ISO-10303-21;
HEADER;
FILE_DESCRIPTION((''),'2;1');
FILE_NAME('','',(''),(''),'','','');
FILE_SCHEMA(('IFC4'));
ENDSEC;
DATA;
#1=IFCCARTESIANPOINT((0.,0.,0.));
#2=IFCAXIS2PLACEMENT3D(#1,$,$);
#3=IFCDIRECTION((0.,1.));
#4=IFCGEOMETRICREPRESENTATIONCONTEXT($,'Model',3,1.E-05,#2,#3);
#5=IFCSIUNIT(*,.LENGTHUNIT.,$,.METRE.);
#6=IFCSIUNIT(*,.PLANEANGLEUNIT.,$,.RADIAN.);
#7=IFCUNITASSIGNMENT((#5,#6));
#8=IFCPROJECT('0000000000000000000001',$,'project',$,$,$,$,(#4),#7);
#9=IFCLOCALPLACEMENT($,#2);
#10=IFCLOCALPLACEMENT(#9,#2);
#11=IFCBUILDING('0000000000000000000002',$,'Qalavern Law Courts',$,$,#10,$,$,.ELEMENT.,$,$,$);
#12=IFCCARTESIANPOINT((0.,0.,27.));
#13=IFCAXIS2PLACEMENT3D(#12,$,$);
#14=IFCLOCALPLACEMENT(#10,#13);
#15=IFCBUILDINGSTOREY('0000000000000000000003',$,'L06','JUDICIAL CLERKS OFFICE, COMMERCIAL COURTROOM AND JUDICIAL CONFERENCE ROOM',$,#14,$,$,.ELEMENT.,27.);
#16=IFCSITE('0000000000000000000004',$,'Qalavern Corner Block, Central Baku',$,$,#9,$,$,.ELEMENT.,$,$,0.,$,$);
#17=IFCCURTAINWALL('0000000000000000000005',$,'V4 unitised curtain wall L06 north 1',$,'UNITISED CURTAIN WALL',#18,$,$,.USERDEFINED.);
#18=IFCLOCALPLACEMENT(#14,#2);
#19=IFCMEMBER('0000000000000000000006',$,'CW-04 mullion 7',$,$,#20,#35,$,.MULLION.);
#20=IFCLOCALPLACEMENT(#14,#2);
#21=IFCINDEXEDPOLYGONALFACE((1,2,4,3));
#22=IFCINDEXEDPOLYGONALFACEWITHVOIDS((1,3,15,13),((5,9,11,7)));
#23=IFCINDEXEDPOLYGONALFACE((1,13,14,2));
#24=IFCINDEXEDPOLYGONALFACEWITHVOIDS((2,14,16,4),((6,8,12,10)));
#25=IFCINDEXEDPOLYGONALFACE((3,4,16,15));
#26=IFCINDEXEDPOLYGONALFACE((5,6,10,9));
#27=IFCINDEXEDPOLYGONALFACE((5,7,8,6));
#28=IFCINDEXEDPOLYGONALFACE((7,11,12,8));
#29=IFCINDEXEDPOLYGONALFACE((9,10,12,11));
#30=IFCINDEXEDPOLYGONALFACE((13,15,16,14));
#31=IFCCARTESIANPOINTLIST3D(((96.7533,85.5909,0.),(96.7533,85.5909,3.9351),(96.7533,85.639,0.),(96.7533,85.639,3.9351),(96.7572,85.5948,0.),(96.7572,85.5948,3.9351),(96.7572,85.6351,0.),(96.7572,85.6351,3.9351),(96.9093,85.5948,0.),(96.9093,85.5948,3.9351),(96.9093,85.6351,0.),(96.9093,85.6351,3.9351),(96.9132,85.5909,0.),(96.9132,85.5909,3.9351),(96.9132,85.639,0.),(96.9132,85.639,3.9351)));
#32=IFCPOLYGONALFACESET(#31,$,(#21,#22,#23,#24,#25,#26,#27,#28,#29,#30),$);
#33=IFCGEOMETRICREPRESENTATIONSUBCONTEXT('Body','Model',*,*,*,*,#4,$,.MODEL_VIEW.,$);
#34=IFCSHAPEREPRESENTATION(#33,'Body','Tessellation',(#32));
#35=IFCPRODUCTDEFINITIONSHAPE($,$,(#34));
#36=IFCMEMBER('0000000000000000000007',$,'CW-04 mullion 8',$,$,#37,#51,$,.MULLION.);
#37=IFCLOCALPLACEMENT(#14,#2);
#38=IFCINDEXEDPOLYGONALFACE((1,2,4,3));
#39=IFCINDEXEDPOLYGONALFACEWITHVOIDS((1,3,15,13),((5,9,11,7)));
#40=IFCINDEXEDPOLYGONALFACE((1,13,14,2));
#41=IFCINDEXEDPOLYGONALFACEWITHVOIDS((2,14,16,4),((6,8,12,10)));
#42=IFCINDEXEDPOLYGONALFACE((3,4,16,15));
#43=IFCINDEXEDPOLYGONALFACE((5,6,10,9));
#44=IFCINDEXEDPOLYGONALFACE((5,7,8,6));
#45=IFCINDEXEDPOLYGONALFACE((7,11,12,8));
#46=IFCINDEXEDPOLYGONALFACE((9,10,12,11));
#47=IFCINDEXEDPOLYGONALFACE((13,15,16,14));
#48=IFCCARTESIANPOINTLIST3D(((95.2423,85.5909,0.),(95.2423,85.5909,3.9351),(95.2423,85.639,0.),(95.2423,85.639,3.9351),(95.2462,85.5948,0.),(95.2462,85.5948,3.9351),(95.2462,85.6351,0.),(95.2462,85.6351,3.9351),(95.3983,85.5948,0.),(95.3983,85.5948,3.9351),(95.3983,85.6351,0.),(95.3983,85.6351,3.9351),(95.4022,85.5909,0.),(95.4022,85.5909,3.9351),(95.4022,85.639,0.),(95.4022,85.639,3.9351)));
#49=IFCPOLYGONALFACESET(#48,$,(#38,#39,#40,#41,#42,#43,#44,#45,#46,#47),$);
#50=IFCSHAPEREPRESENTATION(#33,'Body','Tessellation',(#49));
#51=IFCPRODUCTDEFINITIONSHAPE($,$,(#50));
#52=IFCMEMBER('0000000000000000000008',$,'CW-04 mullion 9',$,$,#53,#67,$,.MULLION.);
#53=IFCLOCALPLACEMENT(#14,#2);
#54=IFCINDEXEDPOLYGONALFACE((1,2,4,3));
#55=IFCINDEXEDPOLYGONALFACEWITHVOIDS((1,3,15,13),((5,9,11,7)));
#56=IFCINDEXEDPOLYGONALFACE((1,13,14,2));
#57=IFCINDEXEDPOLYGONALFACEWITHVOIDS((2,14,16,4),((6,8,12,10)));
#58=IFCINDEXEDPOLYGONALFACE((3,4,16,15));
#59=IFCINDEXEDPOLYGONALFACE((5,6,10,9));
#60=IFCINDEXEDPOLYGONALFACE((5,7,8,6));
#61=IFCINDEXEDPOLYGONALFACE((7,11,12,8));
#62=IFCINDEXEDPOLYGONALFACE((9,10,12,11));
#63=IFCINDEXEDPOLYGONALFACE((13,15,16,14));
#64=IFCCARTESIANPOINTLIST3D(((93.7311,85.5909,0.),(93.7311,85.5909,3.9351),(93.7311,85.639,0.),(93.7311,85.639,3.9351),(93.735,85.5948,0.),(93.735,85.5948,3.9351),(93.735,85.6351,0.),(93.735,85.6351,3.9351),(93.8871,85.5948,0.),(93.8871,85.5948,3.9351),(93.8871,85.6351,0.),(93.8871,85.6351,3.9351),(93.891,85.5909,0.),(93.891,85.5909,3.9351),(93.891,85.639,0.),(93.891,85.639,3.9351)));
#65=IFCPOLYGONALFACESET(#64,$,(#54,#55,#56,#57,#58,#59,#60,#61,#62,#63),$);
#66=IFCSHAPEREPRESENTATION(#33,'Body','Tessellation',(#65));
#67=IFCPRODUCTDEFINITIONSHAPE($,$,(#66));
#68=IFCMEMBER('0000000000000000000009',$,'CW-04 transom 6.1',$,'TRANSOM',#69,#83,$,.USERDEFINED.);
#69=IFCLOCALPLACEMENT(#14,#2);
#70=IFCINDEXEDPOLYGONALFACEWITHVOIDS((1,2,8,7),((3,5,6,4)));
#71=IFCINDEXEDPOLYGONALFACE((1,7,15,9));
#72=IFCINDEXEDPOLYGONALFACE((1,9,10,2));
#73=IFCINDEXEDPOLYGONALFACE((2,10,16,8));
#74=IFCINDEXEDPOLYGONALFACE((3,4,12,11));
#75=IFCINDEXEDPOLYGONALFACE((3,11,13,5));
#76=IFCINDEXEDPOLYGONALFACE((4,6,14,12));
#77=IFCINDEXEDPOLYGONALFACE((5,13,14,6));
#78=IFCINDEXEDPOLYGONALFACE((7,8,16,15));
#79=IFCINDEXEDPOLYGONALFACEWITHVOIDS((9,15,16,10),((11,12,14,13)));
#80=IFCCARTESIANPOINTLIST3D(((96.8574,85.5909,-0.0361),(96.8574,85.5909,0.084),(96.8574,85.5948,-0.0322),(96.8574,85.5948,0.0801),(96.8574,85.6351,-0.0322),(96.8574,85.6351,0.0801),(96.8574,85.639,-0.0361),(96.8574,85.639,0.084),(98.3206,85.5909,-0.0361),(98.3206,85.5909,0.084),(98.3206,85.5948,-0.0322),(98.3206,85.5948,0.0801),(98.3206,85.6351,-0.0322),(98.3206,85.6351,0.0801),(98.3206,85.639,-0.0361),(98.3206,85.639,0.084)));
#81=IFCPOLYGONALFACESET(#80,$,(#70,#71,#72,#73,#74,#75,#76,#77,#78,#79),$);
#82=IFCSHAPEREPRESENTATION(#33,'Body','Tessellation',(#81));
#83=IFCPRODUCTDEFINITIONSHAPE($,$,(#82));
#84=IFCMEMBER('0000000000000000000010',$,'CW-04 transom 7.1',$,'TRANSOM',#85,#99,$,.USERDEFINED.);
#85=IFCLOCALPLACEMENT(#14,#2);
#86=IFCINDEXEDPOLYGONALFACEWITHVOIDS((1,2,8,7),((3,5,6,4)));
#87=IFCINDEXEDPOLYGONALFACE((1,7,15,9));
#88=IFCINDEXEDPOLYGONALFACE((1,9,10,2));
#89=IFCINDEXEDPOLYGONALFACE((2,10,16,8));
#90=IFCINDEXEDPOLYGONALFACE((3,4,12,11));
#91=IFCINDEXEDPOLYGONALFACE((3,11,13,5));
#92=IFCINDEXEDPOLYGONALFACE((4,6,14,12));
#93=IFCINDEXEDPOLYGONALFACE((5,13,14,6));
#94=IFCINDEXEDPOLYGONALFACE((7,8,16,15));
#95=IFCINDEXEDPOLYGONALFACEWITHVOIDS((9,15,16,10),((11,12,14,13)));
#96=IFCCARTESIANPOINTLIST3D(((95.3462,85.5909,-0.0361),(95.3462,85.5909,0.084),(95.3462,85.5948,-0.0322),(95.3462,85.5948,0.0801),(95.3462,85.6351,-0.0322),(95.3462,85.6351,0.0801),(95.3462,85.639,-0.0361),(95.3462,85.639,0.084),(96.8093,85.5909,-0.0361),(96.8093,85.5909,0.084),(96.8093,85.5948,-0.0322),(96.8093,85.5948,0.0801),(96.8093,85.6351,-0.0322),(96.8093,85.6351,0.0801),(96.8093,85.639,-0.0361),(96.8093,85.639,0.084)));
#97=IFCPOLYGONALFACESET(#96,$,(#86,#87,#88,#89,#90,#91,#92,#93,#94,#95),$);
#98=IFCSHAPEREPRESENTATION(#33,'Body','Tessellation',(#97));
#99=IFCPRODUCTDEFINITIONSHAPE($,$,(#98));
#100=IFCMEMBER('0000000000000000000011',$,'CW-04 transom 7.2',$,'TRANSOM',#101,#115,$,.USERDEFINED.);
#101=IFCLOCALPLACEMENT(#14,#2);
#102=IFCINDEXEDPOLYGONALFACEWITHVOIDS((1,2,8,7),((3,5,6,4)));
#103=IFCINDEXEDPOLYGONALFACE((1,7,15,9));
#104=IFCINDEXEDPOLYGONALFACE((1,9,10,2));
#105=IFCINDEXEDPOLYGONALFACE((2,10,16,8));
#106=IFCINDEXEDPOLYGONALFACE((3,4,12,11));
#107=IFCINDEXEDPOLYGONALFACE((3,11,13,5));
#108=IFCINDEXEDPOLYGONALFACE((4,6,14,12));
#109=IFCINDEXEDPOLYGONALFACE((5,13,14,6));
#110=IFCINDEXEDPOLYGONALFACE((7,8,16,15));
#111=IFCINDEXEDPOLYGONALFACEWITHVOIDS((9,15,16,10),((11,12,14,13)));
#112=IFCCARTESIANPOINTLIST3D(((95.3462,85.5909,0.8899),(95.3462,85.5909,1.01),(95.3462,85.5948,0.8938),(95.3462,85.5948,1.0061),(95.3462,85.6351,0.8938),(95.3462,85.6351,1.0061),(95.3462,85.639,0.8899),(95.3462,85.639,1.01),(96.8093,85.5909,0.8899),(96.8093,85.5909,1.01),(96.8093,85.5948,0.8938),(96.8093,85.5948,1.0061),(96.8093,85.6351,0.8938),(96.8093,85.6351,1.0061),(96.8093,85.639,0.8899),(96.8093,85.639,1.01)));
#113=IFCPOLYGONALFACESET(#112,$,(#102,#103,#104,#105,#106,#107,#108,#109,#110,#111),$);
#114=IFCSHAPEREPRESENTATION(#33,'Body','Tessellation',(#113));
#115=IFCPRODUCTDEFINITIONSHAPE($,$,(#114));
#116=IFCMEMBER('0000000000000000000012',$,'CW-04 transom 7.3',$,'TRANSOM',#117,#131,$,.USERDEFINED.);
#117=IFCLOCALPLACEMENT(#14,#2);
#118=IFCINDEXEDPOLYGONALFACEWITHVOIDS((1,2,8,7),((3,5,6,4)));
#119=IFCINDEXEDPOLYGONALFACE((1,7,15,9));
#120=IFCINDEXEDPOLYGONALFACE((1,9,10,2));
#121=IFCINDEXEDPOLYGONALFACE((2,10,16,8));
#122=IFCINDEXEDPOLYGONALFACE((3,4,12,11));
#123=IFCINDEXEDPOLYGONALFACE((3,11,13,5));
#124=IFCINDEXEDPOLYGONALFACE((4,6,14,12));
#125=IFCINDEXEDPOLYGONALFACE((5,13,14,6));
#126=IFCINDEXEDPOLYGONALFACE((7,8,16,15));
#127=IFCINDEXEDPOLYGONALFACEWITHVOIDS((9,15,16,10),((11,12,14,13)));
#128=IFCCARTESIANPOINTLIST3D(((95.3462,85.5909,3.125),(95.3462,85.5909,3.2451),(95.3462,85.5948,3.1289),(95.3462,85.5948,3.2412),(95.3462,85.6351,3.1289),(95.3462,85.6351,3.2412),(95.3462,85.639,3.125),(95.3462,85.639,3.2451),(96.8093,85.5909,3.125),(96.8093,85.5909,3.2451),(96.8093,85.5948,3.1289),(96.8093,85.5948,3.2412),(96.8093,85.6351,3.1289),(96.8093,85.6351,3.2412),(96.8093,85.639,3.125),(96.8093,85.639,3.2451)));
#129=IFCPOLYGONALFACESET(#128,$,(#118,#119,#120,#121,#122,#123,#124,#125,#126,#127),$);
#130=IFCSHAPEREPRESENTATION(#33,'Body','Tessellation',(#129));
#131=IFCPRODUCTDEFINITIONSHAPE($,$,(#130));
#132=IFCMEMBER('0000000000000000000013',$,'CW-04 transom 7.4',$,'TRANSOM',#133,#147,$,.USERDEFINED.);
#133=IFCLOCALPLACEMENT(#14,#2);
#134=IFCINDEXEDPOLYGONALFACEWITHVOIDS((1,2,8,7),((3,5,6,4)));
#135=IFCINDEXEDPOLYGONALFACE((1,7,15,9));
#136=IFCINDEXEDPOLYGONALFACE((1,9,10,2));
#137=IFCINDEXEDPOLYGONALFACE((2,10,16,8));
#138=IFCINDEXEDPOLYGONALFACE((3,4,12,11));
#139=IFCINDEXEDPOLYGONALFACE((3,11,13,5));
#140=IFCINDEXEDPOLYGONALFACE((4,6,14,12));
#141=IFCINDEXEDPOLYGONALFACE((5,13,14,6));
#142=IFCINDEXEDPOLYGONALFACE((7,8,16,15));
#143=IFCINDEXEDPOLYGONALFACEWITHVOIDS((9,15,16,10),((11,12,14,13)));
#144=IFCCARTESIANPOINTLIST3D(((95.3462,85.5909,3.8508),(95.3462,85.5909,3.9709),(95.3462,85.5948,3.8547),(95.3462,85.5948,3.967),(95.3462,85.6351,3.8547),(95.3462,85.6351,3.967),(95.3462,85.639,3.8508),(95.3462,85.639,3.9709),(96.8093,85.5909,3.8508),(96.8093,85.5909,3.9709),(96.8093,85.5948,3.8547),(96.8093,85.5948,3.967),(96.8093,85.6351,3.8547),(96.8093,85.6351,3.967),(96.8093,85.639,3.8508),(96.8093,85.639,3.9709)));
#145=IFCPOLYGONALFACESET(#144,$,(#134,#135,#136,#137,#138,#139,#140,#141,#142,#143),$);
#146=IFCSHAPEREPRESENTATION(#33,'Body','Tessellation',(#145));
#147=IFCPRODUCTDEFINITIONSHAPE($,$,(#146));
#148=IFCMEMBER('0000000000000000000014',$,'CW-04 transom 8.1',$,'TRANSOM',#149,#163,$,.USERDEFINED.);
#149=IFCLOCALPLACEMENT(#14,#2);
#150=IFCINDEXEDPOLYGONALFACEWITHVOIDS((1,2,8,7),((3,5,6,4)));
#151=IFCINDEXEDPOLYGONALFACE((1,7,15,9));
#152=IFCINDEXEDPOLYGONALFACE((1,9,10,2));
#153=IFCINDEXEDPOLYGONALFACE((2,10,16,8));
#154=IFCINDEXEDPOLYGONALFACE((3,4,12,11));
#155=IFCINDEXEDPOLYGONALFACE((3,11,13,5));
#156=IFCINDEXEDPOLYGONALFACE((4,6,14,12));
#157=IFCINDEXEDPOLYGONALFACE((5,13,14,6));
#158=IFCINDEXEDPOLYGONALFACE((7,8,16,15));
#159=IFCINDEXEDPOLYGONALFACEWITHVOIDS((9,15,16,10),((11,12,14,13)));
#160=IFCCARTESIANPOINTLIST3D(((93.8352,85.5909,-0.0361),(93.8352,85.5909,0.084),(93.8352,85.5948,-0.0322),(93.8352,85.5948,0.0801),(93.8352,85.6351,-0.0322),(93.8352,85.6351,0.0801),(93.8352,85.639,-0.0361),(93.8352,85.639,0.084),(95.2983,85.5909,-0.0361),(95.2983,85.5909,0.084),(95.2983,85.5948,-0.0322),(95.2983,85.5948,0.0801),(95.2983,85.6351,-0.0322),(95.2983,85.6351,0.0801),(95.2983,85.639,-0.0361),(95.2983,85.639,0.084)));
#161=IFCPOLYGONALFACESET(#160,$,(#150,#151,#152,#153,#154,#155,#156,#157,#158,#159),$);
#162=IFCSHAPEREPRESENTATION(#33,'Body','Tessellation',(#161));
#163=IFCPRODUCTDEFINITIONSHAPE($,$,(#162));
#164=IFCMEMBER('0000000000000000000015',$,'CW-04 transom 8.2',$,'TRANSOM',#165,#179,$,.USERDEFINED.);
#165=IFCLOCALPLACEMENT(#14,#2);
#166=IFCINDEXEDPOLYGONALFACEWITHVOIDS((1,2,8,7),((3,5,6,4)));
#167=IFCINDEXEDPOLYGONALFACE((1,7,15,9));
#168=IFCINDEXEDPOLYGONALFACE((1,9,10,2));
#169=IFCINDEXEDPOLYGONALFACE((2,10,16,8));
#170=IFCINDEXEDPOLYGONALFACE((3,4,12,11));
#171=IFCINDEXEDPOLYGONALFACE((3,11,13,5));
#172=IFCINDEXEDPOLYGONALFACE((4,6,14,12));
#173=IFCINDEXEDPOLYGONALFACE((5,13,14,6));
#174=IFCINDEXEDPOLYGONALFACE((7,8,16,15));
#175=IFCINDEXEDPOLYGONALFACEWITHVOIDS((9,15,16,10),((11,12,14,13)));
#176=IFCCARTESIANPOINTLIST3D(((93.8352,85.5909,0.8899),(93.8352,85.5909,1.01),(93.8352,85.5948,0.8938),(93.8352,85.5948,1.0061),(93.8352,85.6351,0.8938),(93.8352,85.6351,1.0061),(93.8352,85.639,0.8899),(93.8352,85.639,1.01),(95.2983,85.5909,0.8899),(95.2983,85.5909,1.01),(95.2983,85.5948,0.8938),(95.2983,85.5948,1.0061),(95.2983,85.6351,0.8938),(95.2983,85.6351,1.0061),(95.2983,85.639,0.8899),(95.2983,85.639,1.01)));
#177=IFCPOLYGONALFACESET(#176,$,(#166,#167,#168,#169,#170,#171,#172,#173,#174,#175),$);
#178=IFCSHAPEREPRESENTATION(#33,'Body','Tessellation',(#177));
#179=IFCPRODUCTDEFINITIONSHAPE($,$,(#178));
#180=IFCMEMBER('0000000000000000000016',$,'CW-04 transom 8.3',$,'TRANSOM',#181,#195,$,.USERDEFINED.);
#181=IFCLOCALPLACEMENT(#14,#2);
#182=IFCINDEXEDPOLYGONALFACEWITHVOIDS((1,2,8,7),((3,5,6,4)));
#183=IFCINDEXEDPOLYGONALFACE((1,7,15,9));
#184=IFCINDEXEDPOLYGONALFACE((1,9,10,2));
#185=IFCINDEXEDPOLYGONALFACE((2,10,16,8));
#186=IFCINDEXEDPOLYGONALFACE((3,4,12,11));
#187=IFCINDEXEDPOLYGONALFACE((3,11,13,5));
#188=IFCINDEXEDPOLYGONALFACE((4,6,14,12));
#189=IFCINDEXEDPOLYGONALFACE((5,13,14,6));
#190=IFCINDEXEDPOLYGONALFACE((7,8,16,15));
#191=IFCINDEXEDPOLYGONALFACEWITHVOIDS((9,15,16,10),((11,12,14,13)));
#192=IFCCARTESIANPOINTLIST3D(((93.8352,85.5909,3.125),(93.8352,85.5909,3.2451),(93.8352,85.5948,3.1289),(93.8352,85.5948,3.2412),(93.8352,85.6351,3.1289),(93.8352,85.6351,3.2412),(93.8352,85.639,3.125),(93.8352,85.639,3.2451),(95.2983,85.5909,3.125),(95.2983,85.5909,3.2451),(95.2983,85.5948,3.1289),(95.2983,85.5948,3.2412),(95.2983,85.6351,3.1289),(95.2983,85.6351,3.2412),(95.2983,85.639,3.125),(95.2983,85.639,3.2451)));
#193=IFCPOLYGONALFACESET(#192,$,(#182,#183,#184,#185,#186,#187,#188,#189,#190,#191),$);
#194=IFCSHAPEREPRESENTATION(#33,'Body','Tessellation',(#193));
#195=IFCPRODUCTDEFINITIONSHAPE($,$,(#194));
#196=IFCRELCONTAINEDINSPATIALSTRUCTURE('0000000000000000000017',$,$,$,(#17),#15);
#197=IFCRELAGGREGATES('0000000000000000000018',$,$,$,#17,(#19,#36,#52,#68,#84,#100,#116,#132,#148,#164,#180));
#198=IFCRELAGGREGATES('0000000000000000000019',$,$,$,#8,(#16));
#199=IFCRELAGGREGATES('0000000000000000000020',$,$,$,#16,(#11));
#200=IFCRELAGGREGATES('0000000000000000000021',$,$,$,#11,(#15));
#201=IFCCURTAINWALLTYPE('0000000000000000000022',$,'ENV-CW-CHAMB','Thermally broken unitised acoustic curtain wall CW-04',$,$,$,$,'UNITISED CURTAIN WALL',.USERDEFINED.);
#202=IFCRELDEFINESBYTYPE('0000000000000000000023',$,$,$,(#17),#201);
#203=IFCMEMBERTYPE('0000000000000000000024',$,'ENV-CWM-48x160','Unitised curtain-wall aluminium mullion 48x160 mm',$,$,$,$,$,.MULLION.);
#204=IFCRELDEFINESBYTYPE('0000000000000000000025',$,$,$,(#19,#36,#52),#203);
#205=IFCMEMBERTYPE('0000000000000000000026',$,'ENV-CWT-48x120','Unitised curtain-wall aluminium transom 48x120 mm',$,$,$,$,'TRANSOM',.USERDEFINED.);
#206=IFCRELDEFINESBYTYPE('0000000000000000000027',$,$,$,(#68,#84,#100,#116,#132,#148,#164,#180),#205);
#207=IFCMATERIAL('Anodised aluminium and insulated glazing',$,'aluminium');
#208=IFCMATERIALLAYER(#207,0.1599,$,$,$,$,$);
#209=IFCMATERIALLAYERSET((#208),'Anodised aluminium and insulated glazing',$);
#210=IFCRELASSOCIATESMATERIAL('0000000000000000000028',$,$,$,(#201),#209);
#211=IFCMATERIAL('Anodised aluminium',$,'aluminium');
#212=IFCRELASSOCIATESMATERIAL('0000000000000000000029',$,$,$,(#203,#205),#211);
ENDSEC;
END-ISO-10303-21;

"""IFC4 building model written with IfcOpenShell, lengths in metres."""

from ifc_helpers import new_model, si_unit, direction, frame, origin, origin_2d, place, context, subcontext, project, spatial, hollow_rectangle, extrude, material, layer, layer_set, material_profile, profile_set, type_object, element, aggregate, save


model = new_model("IFC4")

# Units and contexts
model_context = context("Model", 3, precision=1e-05, world=origin(), true_north=direction((0.0, 1.0)))
body_context = subcontext(model_context, "Body", "Model", "MODEL_VIEW")
ifc_project = project(units=[si_unit("LENGTHUNIT", "METRE"), si_unit("PLANEANGLEUNIT", "RADIAN")], contexts=[model_context])

# Site, building, storey
site_placement = place(None, origin())
site = spatial("IfcSite", under=ifc_project, at=site_placement, Name="Qalavern Corner Block, Central Baku", CompositionType="ELEMENT", RefElevation=0.0)
building_placement = place(site_placement, origin())
building = spatial("IfcBuilding", under=site, at=building_placement, Name="Qalavern Law Courts", CompositionType="ELEMENT")
storey_placement = place(building_placement, frame((0.0, 0.0, 27.0)))
storey = spatial("IfcBuildingStorey", under=building, at=storey_placement, Name="L06", Description="JUDICIAL CLERKS OFFICE, COMMERCIAL COURTROOM AND JUDICIAL CONFERENCE ROOM", CompositionType="ELEMENT", Elevation=27.0)

# Curtain wall, members
ifc_material_1 = material(Name="Anodised aluminium and insulated glazing", Category="aluminium")
ifc_layer_1 = layer(ifc_material_1, 0.1599)
ifc_layer_set_1 = layer_set([ifc_layer_1], Name="Anodised aluminium and insulated glazing")
curtain_wall_type = type_object("IfcCurtainWallType", Name="ENV-CW-CHAMB", Description="Thermally broken unitised acoustic curtain wall CW-04", ElementType="UNITISED CURTAIN WALL", PredefinedType="USERDEFINED", material=ifc_layer_set_1)
curtain_wall_placement = place(storey_placement, origin())
curtain_wall = element("IfcCurtainWall", 1, at=curtain_wall_placement, inside=storey, type_object=curtain_wall_type, Name="V4 unitised curtain wall L06 north 1", ObjectType="UNITISED CURTAIN WALL", PredefinedType="USERDEFINED")
ifc_material_2 = material(Name="Anodised aluminium", Category="aluminium")
ifc_material_profile_1 = material_profile(ifc_material_2, hollow_rectangle(XDim=0.0481, YDim=0.1599, WallThickness=0.0039, at=origin_2d()), Name="ALU MULLION 48x160")
ifc_profile_set_1 = profile_set([ifc_material_profile_1], Name="Anodised aluminium")
member_type_1 = type_object("IfcMemberType", Name="ENV-CWM-48x160", Description="Unitised curtain-wall aluminium mullion 48x160 mm", PredefinedType="MULLION", material=ifc_profile_set_1)
member_1_placement = place(storey_placement, frame((96.8333, 85.615, 0.0), z_axis=(0.0, 0.0, 1.0), x_axis=(0.0, -1.0, 0.0)))
member_1 = element("IfcMember", 2, at=member_1_placement, type_object=member_type_1, Name="CW-04 mullion 7", PredefinedType="MULLION", context=body_context, shape_type="SweptSolid", body=[
    extrude(hollow_rectangle(XDim=0.0481, YDim=0.1599, WallThickness=0.0039, at=origin_2d()), origin(), (0.0, 0.0, 1.0), 3.9351),
])
member_2_placement = place(storey_placement, frame((95.3223, 85.615, 0.0), z_axis=(0.0, 0.0, 1.0), x_axis=(0.0, -1.0, 0.0)))
member_2 = element("IfcMember", 3, at=member_2_placement, type_object=member_type_1, Name="CW-04 mullion 8", PredefinedType="MULLION", context=body_context, shape_type="SweptSolid", body=[
    extrude(hollow_rectangle(XDim=0.0481, YDim=0.1599, WallThickness=0.0039, at=origin_2d()), origin(), (0.0, 0.0, 1.0), 3.9351),
])
member_3_placement = place(storey_placement, frame((93.811, 85.615, 0.0), z_axis=(0.0, 0.0, 1.0), x_axis=(0.0, -1.0, 0.0)))
member_3 = element("IfcMember", 4, at=member_3_placement, type_object=member_type_1, Name="CW-04 mullion 9", PredefinedType="MULLION", context=body_context, shape_type="SweptSolid", body=[
    extrude(hollow_rectangle(XDim=0.0481, YDim=0.1599, WallThickness=0.0039, at=origin_2d()), origin(), (0.0, 0.0, 1.0), 3.9351),
])
ifc_material_profile_2 = material_profile(ifc_material_2, hollow_rectangle(XDim=0.0481, YDim=0.1201, WallThickness=0.0039, at=origin_2d()), Name="ALU TRANSOM 48x120")
ifc_profile_set_2 = profile_set([ifc_material_profile_2], Name="Anodised aluminium")
member_type_2 = type_object("IfcMemberType", Name="ENV-CWT-48x120", Description="Unitised curtain-wall aluminium transom 48x120 mm", ElementType="TRANSOM", PredefinedType="USERDEFINED", material=ifc_profile_set_2)
member_4_placement = place(storey_placement, frame((98.3206, 85.615, 0.0239), z_axis=(-1.0, 0.0, 0.0), x_axis=(0.0, -1.0, 0.0)))
member_4 = element("IfcMember", 5, at=member_4_placement, type_object=member_type_2, Name="CW-04 transom 6.1", ObjectType="TRANSOM", PredefinedType="USERDEFINED", context=body_context, shape_type="SweptSolid", body=[
    extrude(hollow_rectangle(XDim=0.0481, YDim=0.1201, WallThickness=0.0039, at=origin_2d()), origin(), (0.0, 0.0, 1.0), 1.4631),
])
member_5_placement = place(storey_placement, frame((96.8093, 85.615, 0.0239), z_axis=(-1.0, 0.0, 0.0), x_axis=(0.0, -1.0, 0.0)))
member_5 = element("IfcMember", 6, at=member_5_placement, type_object=member_type_2, Name="CW-04 transom 7.1", ObjectType="TRANSOM", PredefinedType="USERDEFINED", context=body_context, shape_type="SweptSolid", body=[
    extrude(hollow_rectangle(XDim=0.0481, YDim=0.1201, WallThickness=0.0039, at=origin_2d()), origin(), (0.0, 0.0, 1.0), 1.4631),
])
member_6_placement = place(storey_placement, frame((96.8093, 85.615, 0.95), z_axis=(-1.0, 0.0, 0.0), x_axis=(0.0, -1.0, 0.0)))
member_6 = element("IfcMember", 7, at=member_6_placement, type_object=member_type_2, Name="CW-04 transom 7.2", ObjectType="TRANSOM", PredefinedType="USERDEFINED", context=body_context, shape_type="SweptSolid", body=[
    extrude(hollow_rectangle(XDim=0.0481, YDim=0.1201, WallThickness=0.0039, at=origin_2d()), origin(), (0.0, 0.0, 1.0), 1.4631),
])
member_7_placement = place(storey_placement, frame((96.8093, 85.615, 3.1851), z_axis=(-1.0, 0.0, 0.0), x_axis=(0.0, -1.0, 0.0)))
member_7 = element("IfcMember", 8, at=member_7_placement, type_object=member_type_2, Name="CW-04 transom 7.3", ObjectType="TRANSOM", PredefinedType="USERDEFINED", context=body_context, shape_type="SweptSolid", body=[
    extrude(hollow_rectangle(XDim=0.0481, YDim=0.1201, WallThickness=0.0039, at=origin_2d()), origin(), (0.0, 0.0, 1.0), 1.4631),
])
member_8_placement = place(storey_placement, frame((96.8093, 85.615, 3.9109), z_axis=(-1.0, 0.0, 0.0), x_axis=(0.0, -1.0, 0.0)))
member_8 = element("IfcMember", 9, at=member_8_placement, type_object=member_type_2, Name="CW-04 transom 7.4", ObjectType="TRANSOM", PredefinedType="USERDEFINED", context=body_context, shape_type="SweptSolid", body=[
    extrude(hollow_rectangle(XDim=0.0481, YDim=0.1201, WallThickness=0.0039, at=origin_2d()), origin(), (0.0, 0.0, 1.0), 1.4631),
])
member_9_placement = place(storey_placement, frame((95.2983, 85.615, 0.0239), z_axis=(-1.0, 0.0, 0.0), x_axis=(0.0, -1.0, 0.0)))
member_9 = element("IfcMember", 10, at=member_9_placement, type_object=member_type_2, Name="CW-04 transom 8.1", ObjectType="TRANSOM", PredefinedType="USERDEFINED", context=body_context, shape_type="SweptSolid", body=[
    extrude(hollow_rectangle(XDim=0.0481, YDim=0.1201, WallThickness=0.0039, at=origin_2d()), origin(), (0.0, 0.0, 1.0), 1.4631),
])
member_10_placement = place(storey_placement, frame((95.2983, 85.615, 0.95), z_axis=(-1.0, 0.0, 0.0), x_axis=(0.0, -1.0, 0.0)))
member_10 = element("IfcMember", 11, at=member_10_placement, type_object=member_type_2, Name="CW-04 transom 8.2", ObjectType="TRANSOM", PredefinedType="USERDEFINED", context=body_context, shape_type="SweptSolid", body=[
    extrude(hollow_rectangle(XDim=0.0481, YDim=0.1201, WallThickness=0.0039, at=origin_2d()), origin(), (0.0, 0.0, 1.0), 1.4631),
])
member_11_placement = place(storey_placement, frame((95.2983, 85.615, 3.1851), z_axis=(-1.0, 0.0, 0.0), x_axis=(0.0, -1.0, 0.0)))
member_11 = element("IfcMember", 12, at=member_11_placement, type_object=member_type_2, Name="CW-04 transom 8.3", ObjectType="TRANSOM", PredefinedType="USERDEFINED", context=body_context, shape_type="SweptSolid", body=[
    extrude(hollow_rectangle(XDim=0.0481, YDim=0.1201, WallThickness=0.0039, at=origin_2d()), origin(), (0.0, 0.0, 1.0), 1.4631),
])
aggregate(curtain_wall, [member_1, member_2, member_3, member_4, member_5, member_6, member_7, member_8, member_9, member_10, member_11])

save(model, "model.ifc")
